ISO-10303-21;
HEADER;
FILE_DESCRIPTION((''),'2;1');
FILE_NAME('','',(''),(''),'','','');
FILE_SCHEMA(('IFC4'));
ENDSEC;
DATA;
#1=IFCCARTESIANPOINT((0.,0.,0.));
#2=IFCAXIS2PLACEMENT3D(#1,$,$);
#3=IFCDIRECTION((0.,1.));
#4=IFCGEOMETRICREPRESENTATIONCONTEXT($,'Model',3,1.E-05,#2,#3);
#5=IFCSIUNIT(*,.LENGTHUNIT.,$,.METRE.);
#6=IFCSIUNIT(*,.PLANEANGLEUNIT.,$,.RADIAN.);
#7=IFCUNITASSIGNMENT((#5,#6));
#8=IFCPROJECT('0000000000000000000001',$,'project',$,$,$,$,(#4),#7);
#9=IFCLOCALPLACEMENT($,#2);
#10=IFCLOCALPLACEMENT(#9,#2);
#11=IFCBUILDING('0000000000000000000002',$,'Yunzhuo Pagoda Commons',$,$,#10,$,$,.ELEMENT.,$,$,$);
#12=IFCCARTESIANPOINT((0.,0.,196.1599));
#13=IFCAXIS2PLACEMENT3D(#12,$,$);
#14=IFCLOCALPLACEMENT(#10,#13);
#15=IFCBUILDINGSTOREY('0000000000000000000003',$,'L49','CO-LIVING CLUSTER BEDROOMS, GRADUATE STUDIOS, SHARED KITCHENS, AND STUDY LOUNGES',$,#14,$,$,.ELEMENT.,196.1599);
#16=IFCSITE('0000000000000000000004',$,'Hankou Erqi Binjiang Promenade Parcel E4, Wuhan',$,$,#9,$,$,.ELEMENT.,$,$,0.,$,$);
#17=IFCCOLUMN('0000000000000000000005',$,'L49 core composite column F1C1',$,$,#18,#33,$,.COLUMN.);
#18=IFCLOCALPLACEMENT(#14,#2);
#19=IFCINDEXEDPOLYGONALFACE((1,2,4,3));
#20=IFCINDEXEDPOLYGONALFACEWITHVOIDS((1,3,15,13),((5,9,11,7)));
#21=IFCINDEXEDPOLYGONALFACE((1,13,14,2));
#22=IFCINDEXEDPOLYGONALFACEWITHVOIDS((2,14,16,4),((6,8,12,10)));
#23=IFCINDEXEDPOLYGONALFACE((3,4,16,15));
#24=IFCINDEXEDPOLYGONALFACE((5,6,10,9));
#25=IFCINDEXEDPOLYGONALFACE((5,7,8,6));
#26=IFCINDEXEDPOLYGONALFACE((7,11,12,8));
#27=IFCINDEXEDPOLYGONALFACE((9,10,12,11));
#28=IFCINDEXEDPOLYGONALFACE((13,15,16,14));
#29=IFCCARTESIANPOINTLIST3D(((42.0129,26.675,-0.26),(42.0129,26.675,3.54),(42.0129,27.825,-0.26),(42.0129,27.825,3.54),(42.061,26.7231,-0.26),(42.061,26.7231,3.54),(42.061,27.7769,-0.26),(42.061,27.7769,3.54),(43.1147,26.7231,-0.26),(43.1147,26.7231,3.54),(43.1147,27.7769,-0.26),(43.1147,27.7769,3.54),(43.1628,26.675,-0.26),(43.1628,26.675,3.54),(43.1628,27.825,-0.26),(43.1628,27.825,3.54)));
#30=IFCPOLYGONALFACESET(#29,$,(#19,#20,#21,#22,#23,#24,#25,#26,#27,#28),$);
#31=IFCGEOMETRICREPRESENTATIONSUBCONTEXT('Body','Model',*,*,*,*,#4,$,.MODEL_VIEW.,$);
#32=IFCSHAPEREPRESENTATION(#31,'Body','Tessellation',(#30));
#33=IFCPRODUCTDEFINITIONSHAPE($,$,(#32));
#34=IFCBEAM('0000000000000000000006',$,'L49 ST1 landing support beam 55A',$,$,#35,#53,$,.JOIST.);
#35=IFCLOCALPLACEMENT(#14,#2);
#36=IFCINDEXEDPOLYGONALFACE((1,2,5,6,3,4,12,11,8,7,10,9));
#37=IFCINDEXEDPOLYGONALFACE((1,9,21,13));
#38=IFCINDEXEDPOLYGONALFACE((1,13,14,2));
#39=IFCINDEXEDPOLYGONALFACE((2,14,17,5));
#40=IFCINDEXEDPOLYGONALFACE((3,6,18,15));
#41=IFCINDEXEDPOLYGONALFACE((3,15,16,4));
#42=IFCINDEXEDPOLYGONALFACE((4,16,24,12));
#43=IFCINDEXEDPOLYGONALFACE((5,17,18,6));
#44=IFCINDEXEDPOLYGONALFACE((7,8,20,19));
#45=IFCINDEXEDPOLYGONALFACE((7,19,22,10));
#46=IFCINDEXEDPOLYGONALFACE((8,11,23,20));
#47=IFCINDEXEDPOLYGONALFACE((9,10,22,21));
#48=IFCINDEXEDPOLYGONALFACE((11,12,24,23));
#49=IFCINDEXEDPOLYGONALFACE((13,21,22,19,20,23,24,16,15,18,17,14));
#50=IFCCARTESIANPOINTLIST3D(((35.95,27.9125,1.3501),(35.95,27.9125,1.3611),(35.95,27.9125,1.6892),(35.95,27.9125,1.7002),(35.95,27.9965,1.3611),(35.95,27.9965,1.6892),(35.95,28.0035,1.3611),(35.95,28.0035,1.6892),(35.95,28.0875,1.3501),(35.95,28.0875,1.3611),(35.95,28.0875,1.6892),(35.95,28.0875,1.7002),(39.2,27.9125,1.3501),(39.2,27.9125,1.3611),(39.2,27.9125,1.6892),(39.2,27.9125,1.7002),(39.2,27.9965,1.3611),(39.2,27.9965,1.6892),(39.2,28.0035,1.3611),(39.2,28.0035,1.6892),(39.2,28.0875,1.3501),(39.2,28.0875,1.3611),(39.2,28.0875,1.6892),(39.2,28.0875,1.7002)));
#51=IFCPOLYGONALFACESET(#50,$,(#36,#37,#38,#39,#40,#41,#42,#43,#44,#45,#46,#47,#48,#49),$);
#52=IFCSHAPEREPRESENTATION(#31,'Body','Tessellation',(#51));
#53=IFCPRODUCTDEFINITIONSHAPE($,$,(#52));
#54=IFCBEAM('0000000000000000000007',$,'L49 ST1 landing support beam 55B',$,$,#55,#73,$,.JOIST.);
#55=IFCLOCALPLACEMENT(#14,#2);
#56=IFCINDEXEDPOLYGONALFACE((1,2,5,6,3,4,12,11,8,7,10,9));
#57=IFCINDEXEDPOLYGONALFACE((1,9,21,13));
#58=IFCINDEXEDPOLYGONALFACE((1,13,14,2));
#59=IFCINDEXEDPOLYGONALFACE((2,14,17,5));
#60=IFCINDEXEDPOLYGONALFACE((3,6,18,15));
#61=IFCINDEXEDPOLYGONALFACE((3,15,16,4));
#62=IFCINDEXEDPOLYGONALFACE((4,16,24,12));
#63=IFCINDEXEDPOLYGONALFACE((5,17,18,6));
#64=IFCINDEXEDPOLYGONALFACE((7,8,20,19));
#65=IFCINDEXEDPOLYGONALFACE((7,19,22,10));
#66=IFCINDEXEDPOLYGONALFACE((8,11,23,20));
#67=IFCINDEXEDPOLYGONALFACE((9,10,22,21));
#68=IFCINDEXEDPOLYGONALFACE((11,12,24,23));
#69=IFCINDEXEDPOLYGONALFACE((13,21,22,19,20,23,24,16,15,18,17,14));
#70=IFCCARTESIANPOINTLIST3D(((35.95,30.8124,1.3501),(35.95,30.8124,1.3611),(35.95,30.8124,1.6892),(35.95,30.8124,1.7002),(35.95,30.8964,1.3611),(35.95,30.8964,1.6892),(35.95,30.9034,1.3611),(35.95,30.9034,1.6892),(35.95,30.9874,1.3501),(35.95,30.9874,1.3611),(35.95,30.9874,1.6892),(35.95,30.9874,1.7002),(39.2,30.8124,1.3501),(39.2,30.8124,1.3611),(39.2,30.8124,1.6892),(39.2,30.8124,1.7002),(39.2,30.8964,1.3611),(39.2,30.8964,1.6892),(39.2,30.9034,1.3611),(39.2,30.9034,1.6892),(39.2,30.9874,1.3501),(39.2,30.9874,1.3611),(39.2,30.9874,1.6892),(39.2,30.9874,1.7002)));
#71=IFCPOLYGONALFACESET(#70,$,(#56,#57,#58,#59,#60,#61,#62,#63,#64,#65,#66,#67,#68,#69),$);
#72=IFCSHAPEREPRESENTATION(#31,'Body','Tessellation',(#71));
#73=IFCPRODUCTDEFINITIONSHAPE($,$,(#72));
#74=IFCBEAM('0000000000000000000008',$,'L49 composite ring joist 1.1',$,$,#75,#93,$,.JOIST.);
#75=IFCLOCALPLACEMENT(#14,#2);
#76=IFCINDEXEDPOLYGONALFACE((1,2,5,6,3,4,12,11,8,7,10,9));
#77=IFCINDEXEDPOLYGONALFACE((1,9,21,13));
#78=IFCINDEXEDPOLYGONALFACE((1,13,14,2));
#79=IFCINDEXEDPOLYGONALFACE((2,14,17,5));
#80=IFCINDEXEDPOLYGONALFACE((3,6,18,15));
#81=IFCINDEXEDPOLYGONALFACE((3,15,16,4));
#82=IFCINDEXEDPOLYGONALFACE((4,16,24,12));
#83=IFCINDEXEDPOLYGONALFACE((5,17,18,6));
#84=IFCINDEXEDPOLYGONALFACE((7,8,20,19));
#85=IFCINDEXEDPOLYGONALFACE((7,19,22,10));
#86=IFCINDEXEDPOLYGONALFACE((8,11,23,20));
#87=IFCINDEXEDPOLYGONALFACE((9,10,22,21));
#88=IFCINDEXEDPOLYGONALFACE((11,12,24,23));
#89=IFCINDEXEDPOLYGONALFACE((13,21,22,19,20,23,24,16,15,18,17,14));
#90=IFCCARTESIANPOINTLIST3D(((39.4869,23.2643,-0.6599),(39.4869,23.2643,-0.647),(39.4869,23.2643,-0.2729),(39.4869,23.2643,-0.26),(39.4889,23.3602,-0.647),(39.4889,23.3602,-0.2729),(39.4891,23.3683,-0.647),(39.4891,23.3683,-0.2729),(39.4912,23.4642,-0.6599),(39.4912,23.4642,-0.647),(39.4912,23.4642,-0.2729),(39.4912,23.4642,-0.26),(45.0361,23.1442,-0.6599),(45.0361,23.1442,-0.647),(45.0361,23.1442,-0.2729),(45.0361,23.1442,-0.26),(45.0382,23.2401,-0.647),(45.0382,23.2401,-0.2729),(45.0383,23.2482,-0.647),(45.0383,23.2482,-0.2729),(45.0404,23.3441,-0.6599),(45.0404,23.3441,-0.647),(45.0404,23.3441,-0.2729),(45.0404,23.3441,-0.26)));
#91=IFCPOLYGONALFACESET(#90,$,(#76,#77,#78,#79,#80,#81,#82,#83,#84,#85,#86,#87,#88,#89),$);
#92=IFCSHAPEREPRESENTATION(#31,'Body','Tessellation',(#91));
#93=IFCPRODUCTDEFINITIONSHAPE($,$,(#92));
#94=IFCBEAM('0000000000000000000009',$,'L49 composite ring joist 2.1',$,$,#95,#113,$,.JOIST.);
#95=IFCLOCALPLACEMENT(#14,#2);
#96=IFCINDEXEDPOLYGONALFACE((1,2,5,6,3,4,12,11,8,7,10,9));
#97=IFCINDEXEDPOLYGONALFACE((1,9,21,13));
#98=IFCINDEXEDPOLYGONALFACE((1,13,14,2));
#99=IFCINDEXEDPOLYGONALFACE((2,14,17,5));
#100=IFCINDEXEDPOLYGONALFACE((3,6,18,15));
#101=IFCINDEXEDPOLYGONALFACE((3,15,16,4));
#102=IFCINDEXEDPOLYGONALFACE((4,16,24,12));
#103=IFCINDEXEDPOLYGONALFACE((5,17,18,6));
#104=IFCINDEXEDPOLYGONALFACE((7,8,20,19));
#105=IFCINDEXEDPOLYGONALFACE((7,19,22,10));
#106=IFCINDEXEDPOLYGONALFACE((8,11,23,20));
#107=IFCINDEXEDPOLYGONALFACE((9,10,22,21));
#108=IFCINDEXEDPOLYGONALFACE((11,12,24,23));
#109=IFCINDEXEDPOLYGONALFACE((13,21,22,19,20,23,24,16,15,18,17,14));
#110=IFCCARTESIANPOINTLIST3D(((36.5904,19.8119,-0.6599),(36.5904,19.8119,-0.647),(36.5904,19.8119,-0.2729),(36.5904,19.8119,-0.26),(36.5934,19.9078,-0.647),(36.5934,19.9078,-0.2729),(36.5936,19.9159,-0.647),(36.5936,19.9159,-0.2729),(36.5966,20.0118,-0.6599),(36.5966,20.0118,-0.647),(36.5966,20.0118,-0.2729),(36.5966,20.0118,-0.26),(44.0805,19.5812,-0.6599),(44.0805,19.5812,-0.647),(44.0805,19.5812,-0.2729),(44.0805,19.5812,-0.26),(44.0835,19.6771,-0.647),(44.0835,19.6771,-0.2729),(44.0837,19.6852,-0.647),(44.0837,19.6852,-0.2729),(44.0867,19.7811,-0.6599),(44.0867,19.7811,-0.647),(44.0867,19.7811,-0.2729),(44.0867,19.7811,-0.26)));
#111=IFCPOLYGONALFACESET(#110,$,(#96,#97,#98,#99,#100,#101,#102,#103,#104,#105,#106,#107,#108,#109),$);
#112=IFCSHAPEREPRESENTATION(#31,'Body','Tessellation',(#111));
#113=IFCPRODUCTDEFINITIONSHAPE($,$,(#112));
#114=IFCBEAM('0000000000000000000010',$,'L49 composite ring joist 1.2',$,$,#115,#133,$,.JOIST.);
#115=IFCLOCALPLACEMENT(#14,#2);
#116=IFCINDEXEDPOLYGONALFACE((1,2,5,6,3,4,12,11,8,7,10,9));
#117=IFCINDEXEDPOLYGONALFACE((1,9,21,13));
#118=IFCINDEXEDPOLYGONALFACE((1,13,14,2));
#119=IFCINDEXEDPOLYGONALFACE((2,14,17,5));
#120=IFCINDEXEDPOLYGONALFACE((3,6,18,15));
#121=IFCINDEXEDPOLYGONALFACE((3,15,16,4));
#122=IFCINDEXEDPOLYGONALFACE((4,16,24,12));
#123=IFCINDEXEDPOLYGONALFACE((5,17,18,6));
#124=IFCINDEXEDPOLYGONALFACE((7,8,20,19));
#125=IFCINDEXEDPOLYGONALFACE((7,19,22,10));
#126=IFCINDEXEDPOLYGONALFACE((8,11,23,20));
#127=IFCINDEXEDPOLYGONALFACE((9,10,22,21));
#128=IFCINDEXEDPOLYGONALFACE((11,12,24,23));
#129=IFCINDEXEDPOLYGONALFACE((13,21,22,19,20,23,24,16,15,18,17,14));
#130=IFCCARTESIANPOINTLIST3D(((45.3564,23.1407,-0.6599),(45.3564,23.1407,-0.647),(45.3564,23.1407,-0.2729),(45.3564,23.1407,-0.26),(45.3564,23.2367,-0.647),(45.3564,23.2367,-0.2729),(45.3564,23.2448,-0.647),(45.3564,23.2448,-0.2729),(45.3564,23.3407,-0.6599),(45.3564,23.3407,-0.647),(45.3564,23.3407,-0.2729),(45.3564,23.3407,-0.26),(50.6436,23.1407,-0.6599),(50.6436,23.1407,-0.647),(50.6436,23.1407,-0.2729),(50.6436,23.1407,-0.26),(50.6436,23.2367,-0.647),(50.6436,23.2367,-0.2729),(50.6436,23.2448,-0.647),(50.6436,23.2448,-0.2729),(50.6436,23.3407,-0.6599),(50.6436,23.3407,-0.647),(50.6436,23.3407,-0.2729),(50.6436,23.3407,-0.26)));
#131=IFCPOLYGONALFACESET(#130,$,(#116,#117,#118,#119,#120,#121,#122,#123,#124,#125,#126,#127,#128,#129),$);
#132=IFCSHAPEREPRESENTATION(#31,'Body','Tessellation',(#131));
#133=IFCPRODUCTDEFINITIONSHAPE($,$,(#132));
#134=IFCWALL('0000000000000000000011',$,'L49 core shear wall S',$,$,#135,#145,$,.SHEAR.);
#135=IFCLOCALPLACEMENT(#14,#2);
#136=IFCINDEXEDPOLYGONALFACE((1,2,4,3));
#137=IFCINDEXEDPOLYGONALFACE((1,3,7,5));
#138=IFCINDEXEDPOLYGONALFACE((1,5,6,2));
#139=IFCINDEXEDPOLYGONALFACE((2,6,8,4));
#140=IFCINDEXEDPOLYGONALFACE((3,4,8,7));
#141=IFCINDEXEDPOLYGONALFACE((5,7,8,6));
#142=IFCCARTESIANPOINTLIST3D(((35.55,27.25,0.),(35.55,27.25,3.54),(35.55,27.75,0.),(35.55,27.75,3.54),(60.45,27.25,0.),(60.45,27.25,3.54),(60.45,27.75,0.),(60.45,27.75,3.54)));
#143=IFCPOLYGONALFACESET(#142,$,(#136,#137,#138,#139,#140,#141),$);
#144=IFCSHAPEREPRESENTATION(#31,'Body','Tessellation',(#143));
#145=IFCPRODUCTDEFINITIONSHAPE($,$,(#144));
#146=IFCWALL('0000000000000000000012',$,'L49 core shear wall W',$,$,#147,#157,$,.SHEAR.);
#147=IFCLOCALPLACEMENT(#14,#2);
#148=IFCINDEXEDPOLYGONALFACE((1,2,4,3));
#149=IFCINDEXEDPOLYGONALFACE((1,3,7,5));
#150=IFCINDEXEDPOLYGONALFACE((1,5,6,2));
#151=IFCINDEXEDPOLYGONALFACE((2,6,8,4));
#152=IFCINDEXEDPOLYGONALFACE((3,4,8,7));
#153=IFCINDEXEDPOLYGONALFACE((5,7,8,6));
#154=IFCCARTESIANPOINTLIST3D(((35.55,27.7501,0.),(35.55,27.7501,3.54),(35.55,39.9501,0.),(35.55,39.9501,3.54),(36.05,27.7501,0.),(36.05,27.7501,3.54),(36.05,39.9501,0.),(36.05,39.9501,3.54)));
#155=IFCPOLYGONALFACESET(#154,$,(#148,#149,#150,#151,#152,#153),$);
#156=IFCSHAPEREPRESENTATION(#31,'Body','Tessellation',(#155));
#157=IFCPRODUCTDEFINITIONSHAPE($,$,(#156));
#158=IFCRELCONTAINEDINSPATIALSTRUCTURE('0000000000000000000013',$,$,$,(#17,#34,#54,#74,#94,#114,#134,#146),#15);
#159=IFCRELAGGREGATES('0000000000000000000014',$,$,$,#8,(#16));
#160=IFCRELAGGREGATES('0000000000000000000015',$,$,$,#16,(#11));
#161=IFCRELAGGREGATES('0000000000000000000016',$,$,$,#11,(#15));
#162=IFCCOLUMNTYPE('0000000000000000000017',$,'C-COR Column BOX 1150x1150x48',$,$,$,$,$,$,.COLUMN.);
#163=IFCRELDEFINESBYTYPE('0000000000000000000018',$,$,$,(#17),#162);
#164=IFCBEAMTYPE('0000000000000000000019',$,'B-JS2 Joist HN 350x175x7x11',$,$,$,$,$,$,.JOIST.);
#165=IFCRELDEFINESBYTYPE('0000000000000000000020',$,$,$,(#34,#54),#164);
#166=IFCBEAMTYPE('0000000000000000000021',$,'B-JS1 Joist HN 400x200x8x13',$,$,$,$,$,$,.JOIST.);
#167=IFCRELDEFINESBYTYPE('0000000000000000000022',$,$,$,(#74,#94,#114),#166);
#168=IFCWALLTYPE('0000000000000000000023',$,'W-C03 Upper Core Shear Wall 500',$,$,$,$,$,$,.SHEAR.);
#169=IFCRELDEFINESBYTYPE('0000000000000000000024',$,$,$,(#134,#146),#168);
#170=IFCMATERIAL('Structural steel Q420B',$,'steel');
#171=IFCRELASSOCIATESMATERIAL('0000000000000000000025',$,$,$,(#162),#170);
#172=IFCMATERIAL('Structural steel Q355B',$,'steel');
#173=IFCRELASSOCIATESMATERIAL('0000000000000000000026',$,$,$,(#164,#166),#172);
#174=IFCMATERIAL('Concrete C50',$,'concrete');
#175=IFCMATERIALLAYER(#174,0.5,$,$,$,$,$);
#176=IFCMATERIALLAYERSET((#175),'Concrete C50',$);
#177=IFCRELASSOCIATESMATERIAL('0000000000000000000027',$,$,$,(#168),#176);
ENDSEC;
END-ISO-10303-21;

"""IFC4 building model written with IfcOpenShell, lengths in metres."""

from ifc_helpers import new_model, si_unit, direction, frame, frame_2d, origin, origin_2d, place, context, subcontext, project, spatial, rectangle, hollow_rectangle, i_section, extrude, source, transform, mapped, material, layer, layer_set, material_profile, profile_set, type_object, element, save


model = new_model("IFC4")

# Units and contexts
model_context = context("Model", 3, precision=1e-05, world=origin(), true_north=direction((0.0, 1.0)))
body_context = subcontext(model_context, "Body", "Model", "MODEL_VIEW")
ifc_project = project(units=[si_unit("LENGTHUNIT", "METRE"), si_unit("PLANEANGLEUNIT", "RADIAN")], contexts=[model_context])

# Site, building, storey
site_placement = place(None, origin())
site = spatial("IfcSite", under=ifc_project, at=site_placement, Name="Hankou Erqi Binjiang Promenade Parcel E4, Wuhan", CompositionType="ELEMENT", RefElevation=0.0)
building_placement = place(site_placement, origin())
building = spatial("IfcBuilding", under=site, at=building_placement, Name="Yunzhuo Pagoda Commons", CompositionType="ELEMENT")
storey_placement = place(building_placement, frame((0.0, 0.0, 196.1599)))
storey = spatial("IfcBuildingStorey", under=building, at=storey_placement, Name="L49", Description="CO-LIVING CLUSTER BEDROOMS, GRADUATE STUDIOS, SHARED KITCHENS, AND STUDY LOUNGES", CompositionType="ELEMENT", Elevation=196.1599)

# Column
ifc_material_1 = material(Name="Structural steel Q420B", Category="steel")
ifc_material_profile_1 = material_profile(ifc_material_1, hollow_rectangle(XDim=1.1499, YDim=1.1499, WallThickness=0.0481, at=origin_2d()), Name="Structural steel Q420B")
ifc_profile_set_1 = profile_set([ifc_material_profile_1], Name="Structural steel Q420B")
column_type = type_object("IfcColumnType", Name="C-COR Column BOX 1150x1150x48", PredefinedType="COLUMN", material=ifc_profile_set_1)
shared_shape_1 = source(origin(), body_context, "Body", "SweptSolid", [
    extrude(hollow_rectangle(XDim=1.1499, YDim=1.1499, WallThickness=0.0481, at=origin_2d()), origin(), (0.0, 0.0, 1.0), 3.8),
])
column_placement = place(storey_placement, frame((42.5879, 27.25, -0.26), z_axis=(0.0, 0.0, 1.0), x_axis=(1.0, 0.0, 0.0)))
element("IfcColumn", 1, at=column_placement, inside=storey, type_object=column_type, Name="L49 core composite column F1C1", PredefinedType="COLUMN", context=body_context, shape_type="MappedRepresentation", body=[
    mapped(shared_shape_1, transform((0.0, 0.0, 0.0), scale=1.0)),
])

# Beams
ifc_material_2 = material(Name="Structural steel Q355B", Category="steel")
ifc_material_profile_2 = material_profile(ifc_material_2, i_section(OverallWidth=0.175, OverallDepth=0.3501, WebThickness=0.0071, FlangeThickness=0.011, at=origin_2d()), Name="Structural steel Q355B")
ifc_profile_set_2 = profile_set([ifc_material_profile_2], Name="Structural steel Q355B")
beam_type_1 = type_object("IfcBeamType", Name="B-JS2 Joist HN 350x175x7x11", PredefinedType="JOIST", material=ifc_profile_set_2)
shared_shape_2 = source(origin(), body_context, "Body", "SweptSolid", [
    extrude(i_section(OverallWidth=0.175, OverallDepth=0.3501, WebThickness=0.0071, FlangeThickness=0.011, at=origin_2d()), origin(), (0.0, 0.0, 1.0), 3.25),
])
for number, where, z_axis, x_axis, name in (
    (2, (35.95, 28.0, 1.5251), (1.0, 0.0, 0.0), (0.0, 1.0, 0.0), "L49 ST1 landing support beam 55A"),
    (3, (35.95, 30.8999, 1.5251), (1.0, 0.0, 0.0), (0.0, 1.0, 0.0), "L49 ST1 landing support beam 55B"),
):
    element("IfcBeam", number, at=place(storey_placement, frame(where, z_axis=z_axis, x_axis=x_axis)), inside=storey, type_object=beam_type_1, Name=name, PredefinedType="JOIST", context=body_context, shape_type="MappedRepresentation", body=[
        mapped(shared_shape_2, transform((0.0, 0.0, 0.0), scale=1.0)),
    ])
ifc_material_profile_3 = material_profile(ifc_material_2, i_section(OverallWidth=0.2, OverallDepth=0.3999, WebThickness=0.0081, FlangeThickness=0.0129, at=origin_2d()), Name="Structural steel Q355B")
ifc_profile_set_3 = profile_set([ifc_material_profile_3], Name="Structural steel Q355B")
beam_type_2 = type_object("IfcBeamType", Name="B-JS1 Joist HN 400x200x8x13", PredefinedType="JOIST", material=ifc_profile_set_3)
shared_shape_3 = source(origin(), body_context, "Body", "SweptSolid", [
    extrude(i_section(OverallWidth=0.2, OverallDepth=0.3999, WebThickness=0.0081, FlangeThickness=0.0129, at=origin_2d()), origin(), (0.0, 0.0, 1.0), 5.5505),
])
beam_1_placement = place(storey_placement, frame((39.489, 23.3643, -0.46), z_axis=(0.999766, -0.02164, 0.0), x_axis=(0.02164, 0.999766, 0.0)))
element("IfcBeam", 4, at=beam_1_placement, inside=storey, type_object=beam_type_2, Name="L49 composite ring joist 1.1", PredefinedType="JOIST", context=body_context, shape_type="MappedRepresentation", body=[
    mapped(shared_shape_3, transform((0.0, 0.0, 0.0), scale=1.0)),
])
shared_shape_4 = source(origin(), body_context, "Body", "SweptSolid", [
    extrude(i_section(OverallWidth=0.2, OverallDepth=0.3999, WebThickness=0.0081, FlangeThickness=0.0129, at=origin_2d()), origin(), (0.0, 0.0, 1.0), 7.4937),
])
beam_2_placement = place(storey_placement, frame((36.5935, 19.9119, -0.46), z_axis=(0.999526, -0.030788, 0.0), x_axis=(0.030788, 0.999526, 0.0)))
element("IfcBeam", 5, at=beam_2_placement, inside=storey, type_object=beam_type_2, Name="L49 composite ring joist 2.1", PredefinedType="JOIST", context=body_context, shape_type="MappedRepresentation", body=[
    mapped(shared_shape_4, transform((0.0, 0.0, 0.0), scale=1.0)),
])
shared_shape_5 = source(origin(), body_context, "Body", "SweptSolid", [
    extrude(i_section(OverallWidth=0.2, OverallDepth=0.3999, WebThickness=0.0081, FlangeThickness=0.0129, at=origin_2d()), origin(), (0.0, 0.0, 1.0), 5.2871),
])
beam_3_placement = place(storey_placement, frame((45.3564, 23.2407, -0.46), z_axis=(1.0, 0.0, 0.0), x_axis=(0.0, 1.0, 0.0)))
element("IfcBeam", 6, at=beam_3_placement, inside=storey, type_object=beam_type_2, Name="L49 composite ring joist 1.2", PredefinedType="JOIST", context=body_context, shape_type="MappedRepresentation", body=[
    mapped(shared_shape_5, transform((0.0, 0.0, 0.0), scale=1.0)),
])

# Walls
ifc_material_3 = material(Name="Concrete C50", Category="concrete")
ifc_layer_1 = layer(ifc_material_3, 0.5)
ifc_layer_set_1 = layer_set([ifc_layer_1], Name="Concrete C50")
wall_type_1 = type_object("IfcWallType", Name="W-C03 Upper Core Shear Wall 500", PredefinedType="SHEAR", material=ifc_layer_set_1)
wall_1_placement = place(storey_placement, frame((35.55, 27.5, 0.0), z_axis=(0.0, 0.0, 1.0), x_axis=(1.0, 0.0, 0.0)))
element("IfcWall", 7, at=wall_1_placement, inside=storey, type_object=wall_type_1, Name="L49 core shear wall S", PredefinedType="SHEAR", context=body_context, shape_type="SweptSolid", body=[
    extrude(rectangle(XDim=24.8999, YDim=0.5, at=frame_2d((12.45, 0.0))), origin(), (0.0, 0.0, 1.0), 3.54),
])
wall_2_placement = place(storey_placement, frame((35.8, 27.75, 0.0), z_axis=(0.0, 0.0, 1.0), x_axis=(0.0, 1.0, 0.0)))
element("IfcWall", 8, at=wall_2_placement, inside=storey, type_object=wall_type_1, Name="L49 core shear wall W", PredefinedType="SHEAR", context=body_context, shape_type="SweptSolid", body=[
    extrude(rectangle(XDim=12.2, YDim=0.5, at=frame_2d((6.1001, 0.0))), origin(), (0.0, 0.0, 1.0), 3.54),
])

save(model, "model.ifc")
